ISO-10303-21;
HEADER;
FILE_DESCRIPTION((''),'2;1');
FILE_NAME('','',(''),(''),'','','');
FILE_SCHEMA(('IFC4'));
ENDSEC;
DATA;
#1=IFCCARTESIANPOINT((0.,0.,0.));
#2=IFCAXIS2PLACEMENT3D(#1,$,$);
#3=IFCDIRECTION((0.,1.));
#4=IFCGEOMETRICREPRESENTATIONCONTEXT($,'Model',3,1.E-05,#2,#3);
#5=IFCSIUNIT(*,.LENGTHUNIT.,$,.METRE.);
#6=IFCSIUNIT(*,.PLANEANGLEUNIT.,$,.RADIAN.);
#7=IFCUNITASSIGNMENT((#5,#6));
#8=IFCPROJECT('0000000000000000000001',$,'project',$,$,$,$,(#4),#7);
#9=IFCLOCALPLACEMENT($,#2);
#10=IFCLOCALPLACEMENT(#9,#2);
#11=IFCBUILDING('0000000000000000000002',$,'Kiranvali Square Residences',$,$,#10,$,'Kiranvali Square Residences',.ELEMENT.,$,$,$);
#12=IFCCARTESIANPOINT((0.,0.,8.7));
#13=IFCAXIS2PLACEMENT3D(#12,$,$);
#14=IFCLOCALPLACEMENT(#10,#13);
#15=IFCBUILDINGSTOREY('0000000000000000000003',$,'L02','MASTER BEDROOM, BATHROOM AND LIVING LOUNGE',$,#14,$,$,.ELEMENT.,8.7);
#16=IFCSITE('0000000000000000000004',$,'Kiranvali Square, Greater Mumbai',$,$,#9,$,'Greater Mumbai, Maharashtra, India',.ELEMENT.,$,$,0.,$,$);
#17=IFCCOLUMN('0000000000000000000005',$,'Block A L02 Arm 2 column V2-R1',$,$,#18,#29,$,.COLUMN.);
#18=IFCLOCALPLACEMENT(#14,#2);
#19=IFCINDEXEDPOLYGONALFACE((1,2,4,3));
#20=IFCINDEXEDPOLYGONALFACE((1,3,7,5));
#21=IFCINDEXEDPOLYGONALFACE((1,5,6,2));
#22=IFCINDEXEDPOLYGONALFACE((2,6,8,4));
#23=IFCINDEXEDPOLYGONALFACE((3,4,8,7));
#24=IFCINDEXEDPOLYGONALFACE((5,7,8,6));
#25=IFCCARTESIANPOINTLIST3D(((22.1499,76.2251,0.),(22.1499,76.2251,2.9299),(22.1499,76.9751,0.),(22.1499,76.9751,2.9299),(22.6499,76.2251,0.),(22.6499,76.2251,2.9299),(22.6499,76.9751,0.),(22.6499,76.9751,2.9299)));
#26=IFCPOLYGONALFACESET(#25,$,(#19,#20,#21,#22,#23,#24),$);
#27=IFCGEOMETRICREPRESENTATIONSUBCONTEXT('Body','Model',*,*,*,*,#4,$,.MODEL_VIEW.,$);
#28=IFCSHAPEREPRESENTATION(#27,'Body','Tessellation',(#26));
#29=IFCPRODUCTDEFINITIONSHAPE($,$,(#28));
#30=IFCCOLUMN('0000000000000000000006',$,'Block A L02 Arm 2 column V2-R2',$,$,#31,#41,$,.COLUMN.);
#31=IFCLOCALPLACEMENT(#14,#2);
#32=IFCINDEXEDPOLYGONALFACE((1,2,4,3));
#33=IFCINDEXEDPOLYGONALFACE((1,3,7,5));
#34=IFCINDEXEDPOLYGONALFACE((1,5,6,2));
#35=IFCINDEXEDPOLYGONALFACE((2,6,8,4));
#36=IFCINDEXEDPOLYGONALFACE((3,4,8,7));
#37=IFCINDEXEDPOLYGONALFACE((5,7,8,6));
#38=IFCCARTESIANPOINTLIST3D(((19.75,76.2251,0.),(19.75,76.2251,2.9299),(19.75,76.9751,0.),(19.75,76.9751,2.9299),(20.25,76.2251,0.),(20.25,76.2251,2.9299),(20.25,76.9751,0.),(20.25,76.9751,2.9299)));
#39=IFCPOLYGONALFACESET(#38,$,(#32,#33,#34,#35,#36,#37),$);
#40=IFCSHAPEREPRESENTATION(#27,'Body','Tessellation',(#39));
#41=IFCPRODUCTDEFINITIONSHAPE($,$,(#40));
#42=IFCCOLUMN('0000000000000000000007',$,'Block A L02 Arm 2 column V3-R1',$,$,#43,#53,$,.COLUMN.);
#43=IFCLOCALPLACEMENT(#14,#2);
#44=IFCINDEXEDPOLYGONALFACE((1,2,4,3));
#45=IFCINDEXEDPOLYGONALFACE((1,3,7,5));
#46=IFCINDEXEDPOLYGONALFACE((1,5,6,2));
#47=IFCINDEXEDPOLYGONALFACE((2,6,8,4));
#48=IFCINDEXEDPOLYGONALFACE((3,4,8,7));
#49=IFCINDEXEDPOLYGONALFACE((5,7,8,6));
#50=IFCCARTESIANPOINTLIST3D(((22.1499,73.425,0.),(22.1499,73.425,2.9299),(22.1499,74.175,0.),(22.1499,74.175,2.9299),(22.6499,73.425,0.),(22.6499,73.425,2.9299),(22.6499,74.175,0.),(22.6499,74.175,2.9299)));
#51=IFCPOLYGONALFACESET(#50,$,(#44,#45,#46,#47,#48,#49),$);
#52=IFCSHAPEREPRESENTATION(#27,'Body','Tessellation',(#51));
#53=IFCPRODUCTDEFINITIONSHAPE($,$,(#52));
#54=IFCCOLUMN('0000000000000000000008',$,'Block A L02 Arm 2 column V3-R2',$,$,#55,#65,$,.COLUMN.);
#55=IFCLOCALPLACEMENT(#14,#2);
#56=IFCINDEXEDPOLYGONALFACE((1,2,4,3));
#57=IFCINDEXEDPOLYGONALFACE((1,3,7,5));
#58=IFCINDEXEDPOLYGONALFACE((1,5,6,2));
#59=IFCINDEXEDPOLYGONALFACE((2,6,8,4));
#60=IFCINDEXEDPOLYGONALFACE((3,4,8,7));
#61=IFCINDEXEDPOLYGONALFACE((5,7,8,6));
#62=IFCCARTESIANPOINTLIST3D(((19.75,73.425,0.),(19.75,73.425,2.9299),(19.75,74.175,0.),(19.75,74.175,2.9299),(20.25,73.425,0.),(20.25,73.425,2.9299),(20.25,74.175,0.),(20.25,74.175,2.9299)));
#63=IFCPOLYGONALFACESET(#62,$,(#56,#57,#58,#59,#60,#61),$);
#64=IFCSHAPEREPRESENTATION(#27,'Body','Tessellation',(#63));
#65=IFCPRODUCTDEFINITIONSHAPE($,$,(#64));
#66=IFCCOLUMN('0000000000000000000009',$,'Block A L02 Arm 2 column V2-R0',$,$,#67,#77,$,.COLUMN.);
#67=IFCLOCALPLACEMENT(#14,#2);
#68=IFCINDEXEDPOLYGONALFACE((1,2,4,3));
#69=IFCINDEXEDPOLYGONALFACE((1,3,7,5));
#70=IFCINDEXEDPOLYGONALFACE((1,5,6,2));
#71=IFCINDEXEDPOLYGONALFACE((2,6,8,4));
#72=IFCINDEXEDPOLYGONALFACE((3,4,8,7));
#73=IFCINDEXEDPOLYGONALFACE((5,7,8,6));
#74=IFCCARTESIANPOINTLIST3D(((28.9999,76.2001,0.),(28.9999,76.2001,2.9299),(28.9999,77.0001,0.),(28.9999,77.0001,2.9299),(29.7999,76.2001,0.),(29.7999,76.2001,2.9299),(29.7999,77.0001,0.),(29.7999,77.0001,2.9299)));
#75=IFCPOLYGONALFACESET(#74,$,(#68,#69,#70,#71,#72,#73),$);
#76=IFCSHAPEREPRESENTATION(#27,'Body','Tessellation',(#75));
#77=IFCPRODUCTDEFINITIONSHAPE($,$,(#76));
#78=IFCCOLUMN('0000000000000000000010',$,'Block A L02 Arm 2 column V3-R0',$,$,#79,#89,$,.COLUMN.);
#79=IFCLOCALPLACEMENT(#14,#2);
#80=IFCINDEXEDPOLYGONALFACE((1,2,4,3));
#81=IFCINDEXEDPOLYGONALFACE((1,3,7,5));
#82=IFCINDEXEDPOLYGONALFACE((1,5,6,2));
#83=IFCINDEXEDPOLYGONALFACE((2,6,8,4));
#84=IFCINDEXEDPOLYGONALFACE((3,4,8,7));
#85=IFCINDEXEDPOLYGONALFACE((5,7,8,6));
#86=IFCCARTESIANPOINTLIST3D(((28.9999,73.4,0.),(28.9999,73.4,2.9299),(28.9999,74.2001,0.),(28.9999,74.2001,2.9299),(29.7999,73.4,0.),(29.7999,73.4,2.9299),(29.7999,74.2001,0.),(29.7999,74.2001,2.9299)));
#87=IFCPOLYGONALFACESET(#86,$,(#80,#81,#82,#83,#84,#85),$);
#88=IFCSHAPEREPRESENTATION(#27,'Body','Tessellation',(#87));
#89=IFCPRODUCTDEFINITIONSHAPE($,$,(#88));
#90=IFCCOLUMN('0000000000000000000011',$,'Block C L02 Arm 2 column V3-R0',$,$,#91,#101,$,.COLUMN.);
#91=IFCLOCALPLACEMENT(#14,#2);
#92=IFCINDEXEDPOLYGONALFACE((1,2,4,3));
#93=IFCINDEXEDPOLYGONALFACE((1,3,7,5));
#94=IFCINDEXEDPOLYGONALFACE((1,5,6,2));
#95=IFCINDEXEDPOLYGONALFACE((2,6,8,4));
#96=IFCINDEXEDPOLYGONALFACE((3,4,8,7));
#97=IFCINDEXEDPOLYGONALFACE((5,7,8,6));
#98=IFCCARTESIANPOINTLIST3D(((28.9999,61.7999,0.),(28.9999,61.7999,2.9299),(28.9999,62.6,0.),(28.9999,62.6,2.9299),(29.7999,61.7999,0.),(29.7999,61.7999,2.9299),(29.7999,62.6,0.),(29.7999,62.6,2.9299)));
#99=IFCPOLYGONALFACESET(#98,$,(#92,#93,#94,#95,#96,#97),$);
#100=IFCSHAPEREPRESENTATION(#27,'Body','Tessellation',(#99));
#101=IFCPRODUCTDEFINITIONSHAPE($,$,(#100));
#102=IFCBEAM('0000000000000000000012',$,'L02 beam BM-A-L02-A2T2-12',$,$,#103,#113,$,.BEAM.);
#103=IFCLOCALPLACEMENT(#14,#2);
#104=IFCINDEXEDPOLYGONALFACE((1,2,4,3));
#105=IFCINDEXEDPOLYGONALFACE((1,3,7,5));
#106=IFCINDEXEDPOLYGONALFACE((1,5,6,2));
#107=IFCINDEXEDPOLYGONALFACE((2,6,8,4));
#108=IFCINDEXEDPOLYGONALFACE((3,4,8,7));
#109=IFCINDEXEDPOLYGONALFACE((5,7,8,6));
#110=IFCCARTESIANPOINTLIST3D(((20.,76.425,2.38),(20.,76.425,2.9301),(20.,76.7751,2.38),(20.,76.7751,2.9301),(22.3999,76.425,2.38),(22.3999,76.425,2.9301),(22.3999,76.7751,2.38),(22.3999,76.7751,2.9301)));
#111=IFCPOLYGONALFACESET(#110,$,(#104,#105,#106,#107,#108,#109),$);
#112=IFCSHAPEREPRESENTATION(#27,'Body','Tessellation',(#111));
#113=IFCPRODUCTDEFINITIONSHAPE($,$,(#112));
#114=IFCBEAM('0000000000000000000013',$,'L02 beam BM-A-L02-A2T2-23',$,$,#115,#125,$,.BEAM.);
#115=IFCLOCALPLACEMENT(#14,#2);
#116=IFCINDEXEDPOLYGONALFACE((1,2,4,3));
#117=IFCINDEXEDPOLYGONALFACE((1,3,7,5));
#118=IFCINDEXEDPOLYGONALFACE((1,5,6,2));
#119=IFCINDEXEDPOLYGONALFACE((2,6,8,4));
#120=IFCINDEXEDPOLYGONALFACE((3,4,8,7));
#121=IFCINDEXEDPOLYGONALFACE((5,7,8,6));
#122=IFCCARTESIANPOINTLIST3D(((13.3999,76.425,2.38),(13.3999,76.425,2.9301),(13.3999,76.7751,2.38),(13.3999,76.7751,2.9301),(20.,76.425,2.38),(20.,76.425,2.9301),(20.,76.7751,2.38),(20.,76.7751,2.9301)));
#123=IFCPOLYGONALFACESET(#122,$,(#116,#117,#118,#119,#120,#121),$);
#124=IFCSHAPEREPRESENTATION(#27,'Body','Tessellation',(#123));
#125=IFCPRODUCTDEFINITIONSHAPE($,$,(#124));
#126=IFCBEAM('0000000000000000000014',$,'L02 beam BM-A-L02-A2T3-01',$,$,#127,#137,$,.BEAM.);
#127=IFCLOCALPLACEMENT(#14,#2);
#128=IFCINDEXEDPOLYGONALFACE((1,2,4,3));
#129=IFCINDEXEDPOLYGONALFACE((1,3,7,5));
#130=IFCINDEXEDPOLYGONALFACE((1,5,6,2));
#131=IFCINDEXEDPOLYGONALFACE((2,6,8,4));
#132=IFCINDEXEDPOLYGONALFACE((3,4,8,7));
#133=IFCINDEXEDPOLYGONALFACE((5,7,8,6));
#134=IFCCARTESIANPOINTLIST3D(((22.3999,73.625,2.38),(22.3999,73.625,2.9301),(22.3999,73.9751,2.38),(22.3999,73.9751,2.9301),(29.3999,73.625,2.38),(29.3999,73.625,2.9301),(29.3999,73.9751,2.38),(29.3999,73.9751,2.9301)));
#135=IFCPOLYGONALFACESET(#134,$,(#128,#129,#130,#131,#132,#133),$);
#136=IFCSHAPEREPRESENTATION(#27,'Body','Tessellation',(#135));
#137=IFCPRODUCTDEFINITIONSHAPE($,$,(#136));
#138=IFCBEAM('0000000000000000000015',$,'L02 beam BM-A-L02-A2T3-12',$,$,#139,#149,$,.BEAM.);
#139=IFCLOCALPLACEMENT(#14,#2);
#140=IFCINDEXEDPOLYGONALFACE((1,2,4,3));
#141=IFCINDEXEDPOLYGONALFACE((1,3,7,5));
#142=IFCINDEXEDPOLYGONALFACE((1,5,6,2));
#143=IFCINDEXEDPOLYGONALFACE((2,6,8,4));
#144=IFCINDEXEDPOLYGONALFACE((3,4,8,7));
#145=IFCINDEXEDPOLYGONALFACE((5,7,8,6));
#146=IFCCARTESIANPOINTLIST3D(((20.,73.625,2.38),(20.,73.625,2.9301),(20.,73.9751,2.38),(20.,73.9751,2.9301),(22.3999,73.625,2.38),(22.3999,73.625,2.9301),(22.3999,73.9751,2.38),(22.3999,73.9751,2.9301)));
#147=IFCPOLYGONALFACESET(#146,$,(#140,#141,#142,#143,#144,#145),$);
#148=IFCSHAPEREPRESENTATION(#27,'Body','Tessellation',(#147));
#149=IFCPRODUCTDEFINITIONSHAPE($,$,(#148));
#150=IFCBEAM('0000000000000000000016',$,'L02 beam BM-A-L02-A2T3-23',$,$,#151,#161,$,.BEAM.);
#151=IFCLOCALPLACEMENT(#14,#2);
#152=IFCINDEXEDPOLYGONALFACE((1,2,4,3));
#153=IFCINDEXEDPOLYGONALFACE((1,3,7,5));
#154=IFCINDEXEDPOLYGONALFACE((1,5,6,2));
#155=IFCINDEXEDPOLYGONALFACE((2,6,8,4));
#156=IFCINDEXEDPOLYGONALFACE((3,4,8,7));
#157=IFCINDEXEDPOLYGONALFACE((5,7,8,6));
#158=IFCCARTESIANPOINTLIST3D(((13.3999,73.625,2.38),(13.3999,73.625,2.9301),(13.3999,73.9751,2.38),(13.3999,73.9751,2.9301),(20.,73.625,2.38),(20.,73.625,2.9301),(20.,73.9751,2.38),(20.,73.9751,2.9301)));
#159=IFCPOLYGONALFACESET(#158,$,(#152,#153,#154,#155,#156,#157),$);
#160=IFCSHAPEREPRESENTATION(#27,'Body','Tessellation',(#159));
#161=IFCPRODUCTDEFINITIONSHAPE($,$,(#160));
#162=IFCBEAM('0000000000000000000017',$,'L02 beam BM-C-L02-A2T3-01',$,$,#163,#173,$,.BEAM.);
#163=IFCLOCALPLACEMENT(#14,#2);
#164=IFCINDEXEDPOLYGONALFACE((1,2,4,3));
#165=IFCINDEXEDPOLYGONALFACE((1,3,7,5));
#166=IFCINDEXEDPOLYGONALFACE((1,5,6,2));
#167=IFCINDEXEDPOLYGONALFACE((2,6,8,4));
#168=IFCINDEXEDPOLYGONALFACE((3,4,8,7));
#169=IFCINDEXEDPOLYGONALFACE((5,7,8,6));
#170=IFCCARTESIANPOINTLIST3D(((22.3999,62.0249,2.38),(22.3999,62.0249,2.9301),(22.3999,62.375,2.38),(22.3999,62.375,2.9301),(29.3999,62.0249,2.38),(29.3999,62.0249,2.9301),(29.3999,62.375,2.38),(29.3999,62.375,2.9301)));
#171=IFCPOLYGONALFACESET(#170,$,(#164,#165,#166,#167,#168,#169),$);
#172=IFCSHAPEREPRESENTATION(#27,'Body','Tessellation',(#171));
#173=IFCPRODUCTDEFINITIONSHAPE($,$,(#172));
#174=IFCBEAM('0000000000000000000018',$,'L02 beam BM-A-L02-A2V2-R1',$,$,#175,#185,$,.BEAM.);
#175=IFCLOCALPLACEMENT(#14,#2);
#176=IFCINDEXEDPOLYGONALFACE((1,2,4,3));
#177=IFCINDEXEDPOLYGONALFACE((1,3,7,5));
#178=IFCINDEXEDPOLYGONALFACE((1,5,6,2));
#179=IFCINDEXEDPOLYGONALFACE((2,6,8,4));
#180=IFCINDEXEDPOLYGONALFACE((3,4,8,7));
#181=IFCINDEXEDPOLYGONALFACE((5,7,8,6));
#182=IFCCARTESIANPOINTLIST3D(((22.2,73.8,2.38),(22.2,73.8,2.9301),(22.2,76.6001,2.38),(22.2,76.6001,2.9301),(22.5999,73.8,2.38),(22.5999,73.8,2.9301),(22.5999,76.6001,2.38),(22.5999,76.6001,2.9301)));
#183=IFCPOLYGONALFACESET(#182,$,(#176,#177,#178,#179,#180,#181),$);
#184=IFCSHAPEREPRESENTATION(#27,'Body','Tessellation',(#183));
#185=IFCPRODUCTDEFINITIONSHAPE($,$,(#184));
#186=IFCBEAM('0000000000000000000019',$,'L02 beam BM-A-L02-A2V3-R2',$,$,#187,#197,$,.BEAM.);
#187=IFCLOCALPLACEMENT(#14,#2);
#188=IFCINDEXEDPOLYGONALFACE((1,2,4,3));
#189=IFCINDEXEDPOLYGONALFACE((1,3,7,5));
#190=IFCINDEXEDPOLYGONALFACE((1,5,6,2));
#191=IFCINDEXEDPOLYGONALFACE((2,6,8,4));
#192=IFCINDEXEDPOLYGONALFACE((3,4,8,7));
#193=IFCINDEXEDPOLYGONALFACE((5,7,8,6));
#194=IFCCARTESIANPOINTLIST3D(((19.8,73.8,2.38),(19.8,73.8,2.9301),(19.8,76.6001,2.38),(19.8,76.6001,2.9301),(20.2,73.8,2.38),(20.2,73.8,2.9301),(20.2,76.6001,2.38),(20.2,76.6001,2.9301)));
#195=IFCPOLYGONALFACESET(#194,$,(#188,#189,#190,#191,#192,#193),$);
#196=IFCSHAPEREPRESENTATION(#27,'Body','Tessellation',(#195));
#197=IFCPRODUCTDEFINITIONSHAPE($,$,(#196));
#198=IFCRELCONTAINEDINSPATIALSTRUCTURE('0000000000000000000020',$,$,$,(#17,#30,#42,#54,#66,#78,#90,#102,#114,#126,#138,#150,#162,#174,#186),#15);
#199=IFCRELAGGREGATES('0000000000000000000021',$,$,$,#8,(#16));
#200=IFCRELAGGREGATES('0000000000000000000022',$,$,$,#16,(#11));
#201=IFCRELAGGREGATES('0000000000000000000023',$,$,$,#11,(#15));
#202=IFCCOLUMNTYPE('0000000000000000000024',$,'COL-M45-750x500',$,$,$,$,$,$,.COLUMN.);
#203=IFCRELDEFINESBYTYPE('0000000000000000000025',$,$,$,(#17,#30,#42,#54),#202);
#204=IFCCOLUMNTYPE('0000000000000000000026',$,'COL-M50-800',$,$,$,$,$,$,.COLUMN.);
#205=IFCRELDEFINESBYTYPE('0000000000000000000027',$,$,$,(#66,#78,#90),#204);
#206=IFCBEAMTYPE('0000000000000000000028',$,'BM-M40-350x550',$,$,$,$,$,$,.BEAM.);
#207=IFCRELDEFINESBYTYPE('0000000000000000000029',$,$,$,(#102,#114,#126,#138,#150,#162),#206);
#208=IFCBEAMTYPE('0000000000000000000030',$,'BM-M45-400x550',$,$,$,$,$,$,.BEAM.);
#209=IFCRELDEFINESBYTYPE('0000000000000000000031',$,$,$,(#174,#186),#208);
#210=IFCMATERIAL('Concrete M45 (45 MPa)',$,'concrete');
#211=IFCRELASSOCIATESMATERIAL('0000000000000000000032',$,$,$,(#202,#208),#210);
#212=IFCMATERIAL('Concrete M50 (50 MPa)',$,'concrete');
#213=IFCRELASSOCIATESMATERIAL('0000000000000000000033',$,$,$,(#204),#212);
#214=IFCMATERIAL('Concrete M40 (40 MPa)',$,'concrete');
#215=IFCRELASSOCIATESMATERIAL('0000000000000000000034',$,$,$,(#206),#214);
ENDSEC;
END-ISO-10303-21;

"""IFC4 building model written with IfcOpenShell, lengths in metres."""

from ifc_helpers import new_model, si_unit, direction, frame, origin, origin_2d, place, context, subcontext, project, spatial, rectangle, extrude, material, material_profile, profile_set, type_object, element, save


model = new_model("IFC4")

# Units and contexts
model_context = context("Model", 3, precision=1e-05, world=origin(), true_north=direction((0.0, 1.0)))
body_context = subcontext(model_context, "Body", "Model", "MODEL_VIEW")
ifc_project = project(units=[si_unit("LENGTHUNIT", "METRE"), si_unit("PLANEANGLEUNIT", "RADIAN")], contexts=[model_context])

# Site, building, storey
site_placement = place(None, origin())
site = spatial("IfcSite", under=ifc_project, at=site_placement, Name="Kiranvali Square, Greater Mumbai", LongName="Greater Mumbai, Maharashtra, India", CompositionType="ELEMENT", RefElevation=0.0)
building_placement = place(site_placement, origin())
building = spatial("IfcBuilding", under=site, at=building_placement, Name="Kiranvali Square Residences", LongName="Kiranvali Square Residences", CompositionType="ELEMENT")
storey_placement = place(building_placement, frame((0.0, 0.0, 8.7)))
storey = spatial("IfcBuildingStorey", under=building, at=storey_placement, Name="L02", Description="MASTER BEDROOM, BATHROOM AND LIVING LOUNGE", CompositionType="ELEMENT", Elevation=8.7)

# Columns
ifc_material_1 = material(Name="Concrete M45 (45 MPa)", Category="concrete")
ifc_material_profile_1 = material_profile(ifc_material_1, rectangle(XDim=0.5, YDim=0.75, at=origin_2d()), Name="RC 750x500")
ifc_profile_set_1 = profile_set([ifc_material_profile_1], Name="Concrete M45 (45 MPa)")
column_type_1 = type_object("IfcColumnType", Name="COL-M45-750x500", PredefinedType="COLUMN", material=ifc_profile_set_1)
for number, where, z_axis, x_axis, name in (
    (1, (22.3999, 76.6001, 0.0), (0.0, 0.0, 1.0), (1.0, 0.0, 0.0), "Block A L02 Arm 2 column V2-R1"),
    (2, (20.0, 76.6001, 0.0), (0.0, 0.0, 1.0), (1.0, 0.0, 0.0), "Block A L02 Arm 2 column V2-R2"),
    (3, (22.3999, 73.8, 0.0), (0.0, 0.0, 1.0), (1.0, 0.0, 0.0), "Block A L02 Arm 2 column V3-R1"),
    (4, (20.0, 73.8, 0.0), (0.0, 0.0, 1.0), (1.0, 0.0, 0.0), "Block A L02 Arm 2 column V3-R2"),
):
    element("IfcColumn", number, at=place(storey_placement, frame(where, z_axis=z_axis, x_axis=x_axis)), inside=storey, type_object=column_type_1, Name=name, PredefinedType="COLUMN", context=body_context, shape_type="SweptSolid", body=[
        extrude(rectangle(XDim=0.5, YDim=0.75, at=origin_2d()), origin(), (0.0, 0.0, 1.0), 2.9299),
    ])
ifc_material_2 = material(Name="Concrete M50 (50 MPa)", Category="concrete")
ifc_material_profile_2 = material_profile(ifc_material_2, rectangle(XDim=0.8, YDim=0.8, at=origin_2d()), Name="RC 800x800")
ifc_profile_set_2 = profile_set([ifc_material_profile_2], Name="Concrete M50 (50 MPa)")
column_type_2 = type_object("IfcColumnType", Name="COL-M50-800", PredefinedType="COLUMN", material=ifc_profile_set_2)
for number, where, z_axis, x_axis, name in (
    (5, (29.3999, 76.6001, 0.0), (0.0, 0.0, 1.0), (1.0, 0.0, 0.0), "Block A L02 Arm 2 column V2-R0"),
    (6, (29.3999, 73.8, 0.0), (0.0, 0.0, 1.0), (1.0, 0.0, 0.0), "Block A L02 Arm 2 column V3-R0"),
    (7, (29.3999, 62.2, 0.0), (0.0, 0.0, 1.0), (1.0, 0.0, 0.0), "Block C L02 Arm 2 column V3-R0"),
):
    element("IfcColumn", number, at=place(storey_placement, frame(where, z_axis=z_axis, x_axis=x_axis)), inside=storey, type_object=column_type_2, Name=name, PredefinedType="COLUMN", context=body_context, shape_type="SweptSolid", body=[
        extrude(rectangle(XDim=0.8, YDim=0.8, at=origin_2d()), origin(), (0.0, 0.0, 1.0), 2.9299),
    ])

# Beams
ifc_material_3 = material(Name="Concrete M40 (40 MPa)", Category="concrete")
ifc_material_profile_3 = material_profile(ifc_material_3, rectangle(XDim=0.3501, YDim=0.55, at=origin_2d()), Name="RC 350x550")
ifc_profile_set_3 = profile_set([ifc_material_profile_3], Name="Concrete M40 (40 MPa)")
beam_type_1 = type_object("IfcBeamType", Name="BM-M40-350x550", PredefinedType="BEAM", material=ifc_profile_set_3)
beam_1_placement = place(storey_placement, frame((22.3999, 76.6001, 2.655), z_axis=(-1.0, 0.0, 0.0), x_axis=(0.0, -1.0, 0.0)))
element("IfcBeam", 8, at=beam_1_placement, inside=storey, type_object=beam_type_1, Name="L02 beam BM-A-L02-A2T2-12", PredefinedType="BEAM", context=body_context, shape_type="SweptSolid", body=[
    extrude(rectangle(XDim=0.3501, YDim=0.55, at=origin_2d()), origin(), (0.0, 0.0, 1.0), 2.3999),
])
beam_2_placement = place(storey_placement, frame((20.0, 76.6001, 2.655), z_axis=(-1.0, 0.0, 0.0), x_axis=(0.0, -1.0, 0.0)))
element("IfcBeam", 9, at=beam_2_placement, inside=storey, type_object=beam_type_1, Name="L02 beam BM-A-L02-A2T2-23", PredefinedType="BEAM", context=body_context, shape_type="SweptSolid", body=[
    extrude(rectangle(XDim=0.3501, YDim=0.55, at=origin_2d()), origin(), (0.0, 0.0, 1.0), 6.6001),
])
beam_3_placement = place(storey_placement, frame((29.3999, 73.8, 2.655), z_axis=(-1.0, 0.0, 0.0), x_axis=(0.0, -1.0, 0.0)))
element("IfcBeam", 10, at=beam_3_placement, inside=storey, type_object=beam_type_1, Name="L02 beam BM-A-L02-A2T3-01", PredefinedType="BEAM", context=body_context, shape_type="SweptSolid", body=[
    extrude(rectangle(XDim=0.3501, YDim=0.55, at=origin_2d()), origin(), (0.0, 0.0, 1.0), 7.0),
])
beam_4_placement = place(storey_placement, frame((22.3999, 73.8, 2.655), z_axis=(-1.0, 0.0, 0.0), x_axis=(0.0, -1.0, 0.0)))
element("IfcBeam", 11, at=beam_4_placement, inside=storey, type_object=beam_type_1, Name="L02 beam BM-A-L02-A2T3-12", PredefinedType="BEAM", context=body_context, shape_type="SweptSolid", body=[
    extrude(rectangle(XDim=0.3501, YDim=0.55, at=origin_2d()), origin(), (0.0, 0.0, 1.0), 2.3999),
])
beam_5_placement = place(storey_placement, frame((20.0, 73.8, 2.655), z_axis=(-1.0, 0.0, 0.0), x_axis=(0.0, -1.0, 0.0)))
element("IfcBeam", 12, at=beam_5_placement, inside=storey, type_object=beam_type_1, Name="L02 beam BM-A-L02-A2T3-23", PredefinedType="BEAM", context=body_context, shape_type="SweptSolid", body=[
    extrude(rectangle(XDim=0.3501, YDim=0.55, at=origin_2d()), origin(), (0.0, 0.0, 1.0), 6.6001),
])
beam_6_placement = place(storey_placement, frame((29.3999, 62.2, 2.655), z_axis=(-1.0, 0.0, 0.0), x_axis=(0.0, -1.0, 0.0)))
element("IfcBeam", 13, at=beam_6_placement, inside=storey, type_object=beam_type_1, Name="L02 beam BM-C-L02-A2T3-01", PredefinedType="BEAM", context=body_context, shape_type="SweptSolid", body=[
    extrude(rectangle(XDim=0.3501, YDim=0.55, at=origin_2d()), origin(), (0.0, 0.0, 1.0), 7.0),
])
ifc_material_profile_4 = material_profile(ifc_material_1, rectangle(XDim=0.3999, YDim=0.55, at=origin_2d()), Name="RC 400x550")
ifc_profile_set_4 = profile_set([ifc_material_profile_4], Name="Concrete M45 (45 MPa)")
beam_type_2 = type_object("IfcBeamType", Name="BM-M45-400x550", PredefinedType="BEAM", material=ifc_profile_set_4)
for number, where, z_axis, x_axis, name in (
    (14, (22.3999, 76.6001, 2.655), (0.0, -1.0, 0.0), (1.0, 0.0, 0.0), "L02 beam BM-A-L02-A2V2-R1"),
    (15, (20.0, 76.6001, 2.655), (0.0, -1.0, 0.0), (1.0, 0.0, 0.0), "L02 beam BM-A-L02-A2V3-R2"),
):
    element("IfcBeam", number, at=place(storey_placement, frame(where, z_axis=z_axis, x_axis=x_axis)), inside=storey, type_object=beam_type_2, Name=name, PredefinedType="BEAM", context=body_context, shape_type="SweptSolid", body=[
        extrude(rectangle(XDim=0.3999, YDim=0.55, at=origin_2d()), origin(), (0.0, 0.0, 1.0), 2.8),
    ])

save(model, "model.ifc")
